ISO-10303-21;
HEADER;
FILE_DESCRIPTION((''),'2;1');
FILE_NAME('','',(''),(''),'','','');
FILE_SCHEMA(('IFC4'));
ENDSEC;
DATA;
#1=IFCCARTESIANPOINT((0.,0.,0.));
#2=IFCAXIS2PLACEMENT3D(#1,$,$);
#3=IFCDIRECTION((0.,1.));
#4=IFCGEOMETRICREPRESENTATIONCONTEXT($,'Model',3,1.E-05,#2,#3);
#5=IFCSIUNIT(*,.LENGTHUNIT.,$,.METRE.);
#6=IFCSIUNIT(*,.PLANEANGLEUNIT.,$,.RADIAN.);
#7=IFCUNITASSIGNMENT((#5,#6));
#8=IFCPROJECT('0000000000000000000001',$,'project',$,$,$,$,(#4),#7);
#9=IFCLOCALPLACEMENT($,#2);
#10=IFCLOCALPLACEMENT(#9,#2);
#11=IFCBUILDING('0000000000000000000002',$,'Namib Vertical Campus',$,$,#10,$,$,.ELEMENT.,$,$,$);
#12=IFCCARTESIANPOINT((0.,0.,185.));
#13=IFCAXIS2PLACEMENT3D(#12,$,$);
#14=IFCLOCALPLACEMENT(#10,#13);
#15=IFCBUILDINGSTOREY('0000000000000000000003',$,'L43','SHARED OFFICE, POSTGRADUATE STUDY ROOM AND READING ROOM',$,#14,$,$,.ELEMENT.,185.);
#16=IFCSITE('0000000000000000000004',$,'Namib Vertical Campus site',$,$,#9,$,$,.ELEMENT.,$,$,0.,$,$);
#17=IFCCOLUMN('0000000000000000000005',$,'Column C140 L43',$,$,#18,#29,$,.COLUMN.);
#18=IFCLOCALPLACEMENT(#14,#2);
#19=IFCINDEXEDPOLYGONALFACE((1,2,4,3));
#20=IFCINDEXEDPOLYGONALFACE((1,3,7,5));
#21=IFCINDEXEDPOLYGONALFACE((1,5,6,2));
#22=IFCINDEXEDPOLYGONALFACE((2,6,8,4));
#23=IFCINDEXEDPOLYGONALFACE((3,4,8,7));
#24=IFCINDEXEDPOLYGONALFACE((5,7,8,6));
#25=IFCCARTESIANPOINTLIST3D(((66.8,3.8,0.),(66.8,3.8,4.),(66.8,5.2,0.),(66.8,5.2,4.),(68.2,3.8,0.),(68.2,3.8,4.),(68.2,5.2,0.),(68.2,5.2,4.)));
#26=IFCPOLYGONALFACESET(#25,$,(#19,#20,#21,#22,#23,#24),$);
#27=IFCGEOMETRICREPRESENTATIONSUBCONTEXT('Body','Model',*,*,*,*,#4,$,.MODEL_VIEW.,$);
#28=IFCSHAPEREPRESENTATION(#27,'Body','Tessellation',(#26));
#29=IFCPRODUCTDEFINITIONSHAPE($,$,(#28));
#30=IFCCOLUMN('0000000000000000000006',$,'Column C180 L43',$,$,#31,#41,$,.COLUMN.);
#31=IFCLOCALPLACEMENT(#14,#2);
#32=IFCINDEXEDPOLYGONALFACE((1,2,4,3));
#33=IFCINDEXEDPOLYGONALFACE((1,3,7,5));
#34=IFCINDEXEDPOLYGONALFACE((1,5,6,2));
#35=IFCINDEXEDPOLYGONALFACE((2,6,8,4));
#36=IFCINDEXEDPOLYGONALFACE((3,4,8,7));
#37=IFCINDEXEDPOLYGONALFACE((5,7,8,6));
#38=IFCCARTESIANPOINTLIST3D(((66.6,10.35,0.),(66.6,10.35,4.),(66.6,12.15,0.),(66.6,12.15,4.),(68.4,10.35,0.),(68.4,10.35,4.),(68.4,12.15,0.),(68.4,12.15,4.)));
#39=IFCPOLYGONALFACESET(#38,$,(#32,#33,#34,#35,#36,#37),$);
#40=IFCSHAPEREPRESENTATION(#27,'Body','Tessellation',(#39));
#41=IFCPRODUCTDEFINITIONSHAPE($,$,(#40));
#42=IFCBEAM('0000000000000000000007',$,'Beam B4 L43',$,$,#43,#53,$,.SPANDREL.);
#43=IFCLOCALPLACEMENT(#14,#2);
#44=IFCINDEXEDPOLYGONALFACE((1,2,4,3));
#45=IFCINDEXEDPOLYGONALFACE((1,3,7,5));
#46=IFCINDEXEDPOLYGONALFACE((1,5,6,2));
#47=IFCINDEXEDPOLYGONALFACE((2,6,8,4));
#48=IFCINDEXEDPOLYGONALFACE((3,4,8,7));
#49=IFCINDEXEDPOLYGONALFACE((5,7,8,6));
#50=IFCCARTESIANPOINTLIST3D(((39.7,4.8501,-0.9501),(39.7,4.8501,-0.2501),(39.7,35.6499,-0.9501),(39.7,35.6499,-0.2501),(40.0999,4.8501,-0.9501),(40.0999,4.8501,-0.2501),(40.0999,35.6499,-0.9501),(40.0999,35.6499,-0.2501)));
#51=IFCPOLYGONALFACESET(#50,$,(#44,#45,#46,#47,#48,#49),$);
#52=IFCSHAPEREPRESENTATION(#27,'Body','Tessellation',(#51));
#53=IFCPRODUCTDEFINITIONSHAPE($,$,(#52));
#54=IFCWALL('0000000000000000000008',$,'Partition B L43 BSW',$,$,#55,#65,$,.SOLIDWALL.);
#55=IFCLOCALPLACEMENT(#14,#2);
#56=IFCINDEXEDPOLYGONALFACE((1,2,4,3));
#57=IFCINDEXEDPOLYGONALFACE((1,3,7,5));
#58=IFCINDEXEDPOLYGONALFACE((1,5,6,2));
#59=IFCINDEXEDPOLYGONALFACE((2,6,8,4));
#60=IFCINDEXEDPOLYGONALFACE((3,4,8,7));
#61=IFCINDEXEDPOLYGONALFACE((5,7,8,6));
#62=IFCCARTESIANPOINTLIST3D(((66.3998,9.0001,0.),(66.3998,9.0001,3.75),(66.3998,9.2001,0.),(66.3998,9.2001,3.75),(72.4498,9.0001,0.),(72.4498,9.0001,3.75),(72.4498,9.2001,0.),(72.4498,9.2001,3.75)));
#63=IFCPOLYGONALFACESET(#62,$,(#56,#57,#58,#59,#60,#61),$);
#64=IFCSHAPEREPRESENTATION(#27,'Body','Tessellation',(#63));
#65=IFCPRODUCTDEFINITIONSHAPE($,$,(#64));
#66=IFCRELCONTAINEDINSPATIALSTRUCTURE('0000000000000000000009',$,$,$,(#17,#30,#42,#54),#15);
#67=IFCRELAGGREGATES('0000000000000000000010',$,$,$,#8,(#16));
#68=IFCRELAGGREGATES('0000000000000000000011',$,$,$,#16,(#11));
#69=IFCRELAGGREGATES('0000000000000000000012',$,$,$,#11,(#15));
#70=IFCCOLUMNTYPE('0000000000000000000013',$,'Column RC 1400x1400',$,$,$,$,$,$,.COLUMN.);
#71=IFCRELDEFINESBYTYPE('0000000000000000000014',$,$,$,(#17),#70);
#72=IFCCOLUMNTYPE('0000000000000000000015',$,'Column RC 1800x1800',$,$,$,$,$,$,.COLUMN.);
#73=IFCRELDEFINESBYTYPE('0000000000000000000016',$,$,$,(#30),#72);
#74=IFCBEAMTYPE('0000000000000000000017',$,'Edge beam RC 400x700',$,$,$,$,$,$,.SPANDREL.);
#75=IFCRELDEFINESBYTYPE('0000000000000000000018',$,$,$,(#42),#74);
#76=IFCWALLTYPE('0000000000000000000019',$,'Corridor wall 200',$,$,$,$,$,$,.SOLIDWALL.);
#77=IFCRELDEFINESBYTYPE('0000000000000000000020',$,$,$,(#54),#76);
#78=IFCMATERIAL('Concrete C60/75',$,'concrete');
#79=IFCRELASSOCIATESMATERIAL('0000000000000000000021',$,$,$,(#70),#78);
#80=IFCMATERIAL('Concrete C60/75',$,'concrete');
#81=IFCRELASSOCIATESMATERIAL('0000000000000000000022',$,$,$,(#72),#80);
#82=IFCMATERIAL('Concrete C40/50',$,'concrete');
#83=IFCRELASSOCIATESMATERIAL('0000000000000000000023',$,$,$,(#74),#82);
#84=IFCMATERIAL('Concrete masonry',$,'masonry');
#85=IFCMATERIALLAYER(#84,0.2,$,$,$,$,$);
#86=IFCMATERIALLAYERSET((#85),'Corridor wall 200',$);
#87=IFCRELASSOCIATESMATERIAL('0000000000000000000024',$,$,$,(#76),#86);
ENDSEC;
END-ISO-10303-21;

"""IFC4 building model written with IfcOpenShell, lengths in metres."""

from ifc_helpers import new_model, si_unit, direction, frame, frame_2d, origin, origin_2d, place, context, subcontext, project, spatial, rectangle, extrude, material, layer, layer_set, material_profile, profile_set, type_object, element, save


model = new_model("IFC4")

# Units and contexts
model_context = context("Model", 3, precision=1e-05, world=origin(), true_north=direction((0.0, 1.0)))
body_context = subcontext(model_context, "Body", "Model", "MODEL_VIEW")
ifc_project = project(units=[si_unit("LENGTHUNIT", "METRE"), si_unit("PLANEANGLEUNIT", "RADIAN")], contexts=[model_context])

# Site, building, storey
site_placement = place(None, origin())
site = spatial("IfcSite", under=ifc_project, at=site_placement, Name="Namib Vertical Campus site", CompositionType="ELEMENT", RefElevation=0.0)
building_placement = place(site_placement, origin())
building = spatial("IfcBuilding", under=site, at=building_placement, Name="Namib Vertical Campus", CompositionType="ELEMENT")
storey_placement = place(building_placement, frame((0.0, 0.0, 185.0)))
storey = spatial("IfcBuildingStorey", under=building, at=storey_placement, Name="L43", Description="SHARED OFFICE, POSTGRADUATE STUDY ROOM AND READING ROOM", CompositionType="ELEMENT", Elevation=185.0)

# Columns
ifc_material_1 = material(Name="Concrete C60/75", Category="concrete")
ifc_material_profile_1 = material_profile(ifc_material_1, rectangle(XDim=1.3999, YDim=1.3999, at=origin_2d()))
ifc_profile_set_1 = profile_set([ifc_material_profile_1], Name="Concrete C60/75")
column_type_1 = type_object("IfcColumnType", Name="Column RC 1400x1400", PredefinedType="COLUMN", material=ifc_profile_set_1)
column_1_placement = place(storey_placement, frame((67.5, 4.5, 0.0), z_axis=(0.0, 0.0, 1.0), x_axis=(1.0, 0.0, 0.0)))
element("IfcColumn", 1, at=column_1_placement, inside=storey, type_object=column_type_1, Name="Column C140 L43", PredefinedType="COLUMN", context=body_context, shape_type="SweptSolid", body=[
    extrude(rectangle(XDim=1.3999, YDim=1.3999, at=origin_2d()), origin(), (0.0, 0.0, 1.0), 4.0),
])
ifc_material_2 = material(Name="Concrete C60/75", Category="concrete")
ifc_material_profile_2 = material_profile(ifc_material_2, rectangle(XDim=1.8, YDim=1.8, at=origin_2d()))
ifc_profile_set_2 = profile_set([ifc_material_profile_2], Name="Concrete C60/75")
column_type_2 = type_object("IfcColumnType", Name="Column RC 1800x1800", PredefinedType="COLUMN", material=ifc_profile_set_2)
column_2_placement = place(storey_placement, frame((67.5, 11.25, 0.0), z_axis=(0.0, 0.0, 1.0), x_axis=(1.0, 0.0, 0.0)))
element("IfcColumn", 2, at=column_2_placement, inside=storey, type_object=column_type_2, Name="Column C180 L43", PredefinedType="COLUMN", context=body_context, shape_type="SweptSolid", body=[
    extrude(rectangle(XDim=1.8, YDim=1.8, at=origin_2d()), origin(), (0.0, 0.0, 1.0), 4.0),
])

# Beam
ifc_material_3 = material(Name="Concrete C40/50", Category="concrete")
ifc_material_profile_3 = material_profile(ifc_material_3, rectangle(XDim=0.3999, YDim=0.7, at=origin_2d()))
ifc_profile_set_3 = profile_set([ifc_material_profile_3], Name="Concrete C40/50")
beam_type = type_object("IfcBeamType", Name="Edge beam RC 400x700", PredefinedType="SPANDREL", material=ifc_profile_set_3)
beam_placement = place(storey_placement, frame((39.8999, 4.8501, -0.6001), z_axis=(0.0, 1.0, 0.0), x_axis=(-1.0, 0.0, 0.0)))
element("IfcBeam", 3, at=beam_placement, inside=storey, type_object=beam_type, Name="Beam B4 L43", PredefinedType="SPANDREL", context=body_context, shape_type="SweptSolid", body=[
    extrude(rectangle(XDim=0.3999, YDim=0.7, at=origin_2d()), origin(), (0.0, 0.0, 1.0), 30.7998),
])

# Wall
ifc_material_4 = material(Name="Concrete masonry", Category="masonry")
ifc_layer_1 = layer(ifc_material_4, 0.2)
ifc_layer_set_1 = layer_set([ifc_layer_1], Name="Corridor wall 200")
wall_type_1 = type_object("IfcWallType", Name="Corridor wall 200", PredefinedType="SOLIDWALL", material=ifc_layer_set_1)
wall_1_placement = place(storey_placement, frame((66.3999, 9.1001, 0.0), z_axis=(0.0, 0.0, 1.0), x_axis=(1.0, 0.0, 0.0)))
element("IfcWall", 4, at=wall_1_placement, inside=storey, type_object=wall_type_1, Name="Partition B L43 BSW", PredefinedType="SOLIDWALL", context=body_context, shape_type="SweptSolid", body=[
    extrude(rectangle(XDim=6.05, YDim=0.2, at=frame_2d((3.0249, 0.0))), origin(), (0.0, 0.0, 1.0), 3.75),
])

save(model, "model.ifc")
